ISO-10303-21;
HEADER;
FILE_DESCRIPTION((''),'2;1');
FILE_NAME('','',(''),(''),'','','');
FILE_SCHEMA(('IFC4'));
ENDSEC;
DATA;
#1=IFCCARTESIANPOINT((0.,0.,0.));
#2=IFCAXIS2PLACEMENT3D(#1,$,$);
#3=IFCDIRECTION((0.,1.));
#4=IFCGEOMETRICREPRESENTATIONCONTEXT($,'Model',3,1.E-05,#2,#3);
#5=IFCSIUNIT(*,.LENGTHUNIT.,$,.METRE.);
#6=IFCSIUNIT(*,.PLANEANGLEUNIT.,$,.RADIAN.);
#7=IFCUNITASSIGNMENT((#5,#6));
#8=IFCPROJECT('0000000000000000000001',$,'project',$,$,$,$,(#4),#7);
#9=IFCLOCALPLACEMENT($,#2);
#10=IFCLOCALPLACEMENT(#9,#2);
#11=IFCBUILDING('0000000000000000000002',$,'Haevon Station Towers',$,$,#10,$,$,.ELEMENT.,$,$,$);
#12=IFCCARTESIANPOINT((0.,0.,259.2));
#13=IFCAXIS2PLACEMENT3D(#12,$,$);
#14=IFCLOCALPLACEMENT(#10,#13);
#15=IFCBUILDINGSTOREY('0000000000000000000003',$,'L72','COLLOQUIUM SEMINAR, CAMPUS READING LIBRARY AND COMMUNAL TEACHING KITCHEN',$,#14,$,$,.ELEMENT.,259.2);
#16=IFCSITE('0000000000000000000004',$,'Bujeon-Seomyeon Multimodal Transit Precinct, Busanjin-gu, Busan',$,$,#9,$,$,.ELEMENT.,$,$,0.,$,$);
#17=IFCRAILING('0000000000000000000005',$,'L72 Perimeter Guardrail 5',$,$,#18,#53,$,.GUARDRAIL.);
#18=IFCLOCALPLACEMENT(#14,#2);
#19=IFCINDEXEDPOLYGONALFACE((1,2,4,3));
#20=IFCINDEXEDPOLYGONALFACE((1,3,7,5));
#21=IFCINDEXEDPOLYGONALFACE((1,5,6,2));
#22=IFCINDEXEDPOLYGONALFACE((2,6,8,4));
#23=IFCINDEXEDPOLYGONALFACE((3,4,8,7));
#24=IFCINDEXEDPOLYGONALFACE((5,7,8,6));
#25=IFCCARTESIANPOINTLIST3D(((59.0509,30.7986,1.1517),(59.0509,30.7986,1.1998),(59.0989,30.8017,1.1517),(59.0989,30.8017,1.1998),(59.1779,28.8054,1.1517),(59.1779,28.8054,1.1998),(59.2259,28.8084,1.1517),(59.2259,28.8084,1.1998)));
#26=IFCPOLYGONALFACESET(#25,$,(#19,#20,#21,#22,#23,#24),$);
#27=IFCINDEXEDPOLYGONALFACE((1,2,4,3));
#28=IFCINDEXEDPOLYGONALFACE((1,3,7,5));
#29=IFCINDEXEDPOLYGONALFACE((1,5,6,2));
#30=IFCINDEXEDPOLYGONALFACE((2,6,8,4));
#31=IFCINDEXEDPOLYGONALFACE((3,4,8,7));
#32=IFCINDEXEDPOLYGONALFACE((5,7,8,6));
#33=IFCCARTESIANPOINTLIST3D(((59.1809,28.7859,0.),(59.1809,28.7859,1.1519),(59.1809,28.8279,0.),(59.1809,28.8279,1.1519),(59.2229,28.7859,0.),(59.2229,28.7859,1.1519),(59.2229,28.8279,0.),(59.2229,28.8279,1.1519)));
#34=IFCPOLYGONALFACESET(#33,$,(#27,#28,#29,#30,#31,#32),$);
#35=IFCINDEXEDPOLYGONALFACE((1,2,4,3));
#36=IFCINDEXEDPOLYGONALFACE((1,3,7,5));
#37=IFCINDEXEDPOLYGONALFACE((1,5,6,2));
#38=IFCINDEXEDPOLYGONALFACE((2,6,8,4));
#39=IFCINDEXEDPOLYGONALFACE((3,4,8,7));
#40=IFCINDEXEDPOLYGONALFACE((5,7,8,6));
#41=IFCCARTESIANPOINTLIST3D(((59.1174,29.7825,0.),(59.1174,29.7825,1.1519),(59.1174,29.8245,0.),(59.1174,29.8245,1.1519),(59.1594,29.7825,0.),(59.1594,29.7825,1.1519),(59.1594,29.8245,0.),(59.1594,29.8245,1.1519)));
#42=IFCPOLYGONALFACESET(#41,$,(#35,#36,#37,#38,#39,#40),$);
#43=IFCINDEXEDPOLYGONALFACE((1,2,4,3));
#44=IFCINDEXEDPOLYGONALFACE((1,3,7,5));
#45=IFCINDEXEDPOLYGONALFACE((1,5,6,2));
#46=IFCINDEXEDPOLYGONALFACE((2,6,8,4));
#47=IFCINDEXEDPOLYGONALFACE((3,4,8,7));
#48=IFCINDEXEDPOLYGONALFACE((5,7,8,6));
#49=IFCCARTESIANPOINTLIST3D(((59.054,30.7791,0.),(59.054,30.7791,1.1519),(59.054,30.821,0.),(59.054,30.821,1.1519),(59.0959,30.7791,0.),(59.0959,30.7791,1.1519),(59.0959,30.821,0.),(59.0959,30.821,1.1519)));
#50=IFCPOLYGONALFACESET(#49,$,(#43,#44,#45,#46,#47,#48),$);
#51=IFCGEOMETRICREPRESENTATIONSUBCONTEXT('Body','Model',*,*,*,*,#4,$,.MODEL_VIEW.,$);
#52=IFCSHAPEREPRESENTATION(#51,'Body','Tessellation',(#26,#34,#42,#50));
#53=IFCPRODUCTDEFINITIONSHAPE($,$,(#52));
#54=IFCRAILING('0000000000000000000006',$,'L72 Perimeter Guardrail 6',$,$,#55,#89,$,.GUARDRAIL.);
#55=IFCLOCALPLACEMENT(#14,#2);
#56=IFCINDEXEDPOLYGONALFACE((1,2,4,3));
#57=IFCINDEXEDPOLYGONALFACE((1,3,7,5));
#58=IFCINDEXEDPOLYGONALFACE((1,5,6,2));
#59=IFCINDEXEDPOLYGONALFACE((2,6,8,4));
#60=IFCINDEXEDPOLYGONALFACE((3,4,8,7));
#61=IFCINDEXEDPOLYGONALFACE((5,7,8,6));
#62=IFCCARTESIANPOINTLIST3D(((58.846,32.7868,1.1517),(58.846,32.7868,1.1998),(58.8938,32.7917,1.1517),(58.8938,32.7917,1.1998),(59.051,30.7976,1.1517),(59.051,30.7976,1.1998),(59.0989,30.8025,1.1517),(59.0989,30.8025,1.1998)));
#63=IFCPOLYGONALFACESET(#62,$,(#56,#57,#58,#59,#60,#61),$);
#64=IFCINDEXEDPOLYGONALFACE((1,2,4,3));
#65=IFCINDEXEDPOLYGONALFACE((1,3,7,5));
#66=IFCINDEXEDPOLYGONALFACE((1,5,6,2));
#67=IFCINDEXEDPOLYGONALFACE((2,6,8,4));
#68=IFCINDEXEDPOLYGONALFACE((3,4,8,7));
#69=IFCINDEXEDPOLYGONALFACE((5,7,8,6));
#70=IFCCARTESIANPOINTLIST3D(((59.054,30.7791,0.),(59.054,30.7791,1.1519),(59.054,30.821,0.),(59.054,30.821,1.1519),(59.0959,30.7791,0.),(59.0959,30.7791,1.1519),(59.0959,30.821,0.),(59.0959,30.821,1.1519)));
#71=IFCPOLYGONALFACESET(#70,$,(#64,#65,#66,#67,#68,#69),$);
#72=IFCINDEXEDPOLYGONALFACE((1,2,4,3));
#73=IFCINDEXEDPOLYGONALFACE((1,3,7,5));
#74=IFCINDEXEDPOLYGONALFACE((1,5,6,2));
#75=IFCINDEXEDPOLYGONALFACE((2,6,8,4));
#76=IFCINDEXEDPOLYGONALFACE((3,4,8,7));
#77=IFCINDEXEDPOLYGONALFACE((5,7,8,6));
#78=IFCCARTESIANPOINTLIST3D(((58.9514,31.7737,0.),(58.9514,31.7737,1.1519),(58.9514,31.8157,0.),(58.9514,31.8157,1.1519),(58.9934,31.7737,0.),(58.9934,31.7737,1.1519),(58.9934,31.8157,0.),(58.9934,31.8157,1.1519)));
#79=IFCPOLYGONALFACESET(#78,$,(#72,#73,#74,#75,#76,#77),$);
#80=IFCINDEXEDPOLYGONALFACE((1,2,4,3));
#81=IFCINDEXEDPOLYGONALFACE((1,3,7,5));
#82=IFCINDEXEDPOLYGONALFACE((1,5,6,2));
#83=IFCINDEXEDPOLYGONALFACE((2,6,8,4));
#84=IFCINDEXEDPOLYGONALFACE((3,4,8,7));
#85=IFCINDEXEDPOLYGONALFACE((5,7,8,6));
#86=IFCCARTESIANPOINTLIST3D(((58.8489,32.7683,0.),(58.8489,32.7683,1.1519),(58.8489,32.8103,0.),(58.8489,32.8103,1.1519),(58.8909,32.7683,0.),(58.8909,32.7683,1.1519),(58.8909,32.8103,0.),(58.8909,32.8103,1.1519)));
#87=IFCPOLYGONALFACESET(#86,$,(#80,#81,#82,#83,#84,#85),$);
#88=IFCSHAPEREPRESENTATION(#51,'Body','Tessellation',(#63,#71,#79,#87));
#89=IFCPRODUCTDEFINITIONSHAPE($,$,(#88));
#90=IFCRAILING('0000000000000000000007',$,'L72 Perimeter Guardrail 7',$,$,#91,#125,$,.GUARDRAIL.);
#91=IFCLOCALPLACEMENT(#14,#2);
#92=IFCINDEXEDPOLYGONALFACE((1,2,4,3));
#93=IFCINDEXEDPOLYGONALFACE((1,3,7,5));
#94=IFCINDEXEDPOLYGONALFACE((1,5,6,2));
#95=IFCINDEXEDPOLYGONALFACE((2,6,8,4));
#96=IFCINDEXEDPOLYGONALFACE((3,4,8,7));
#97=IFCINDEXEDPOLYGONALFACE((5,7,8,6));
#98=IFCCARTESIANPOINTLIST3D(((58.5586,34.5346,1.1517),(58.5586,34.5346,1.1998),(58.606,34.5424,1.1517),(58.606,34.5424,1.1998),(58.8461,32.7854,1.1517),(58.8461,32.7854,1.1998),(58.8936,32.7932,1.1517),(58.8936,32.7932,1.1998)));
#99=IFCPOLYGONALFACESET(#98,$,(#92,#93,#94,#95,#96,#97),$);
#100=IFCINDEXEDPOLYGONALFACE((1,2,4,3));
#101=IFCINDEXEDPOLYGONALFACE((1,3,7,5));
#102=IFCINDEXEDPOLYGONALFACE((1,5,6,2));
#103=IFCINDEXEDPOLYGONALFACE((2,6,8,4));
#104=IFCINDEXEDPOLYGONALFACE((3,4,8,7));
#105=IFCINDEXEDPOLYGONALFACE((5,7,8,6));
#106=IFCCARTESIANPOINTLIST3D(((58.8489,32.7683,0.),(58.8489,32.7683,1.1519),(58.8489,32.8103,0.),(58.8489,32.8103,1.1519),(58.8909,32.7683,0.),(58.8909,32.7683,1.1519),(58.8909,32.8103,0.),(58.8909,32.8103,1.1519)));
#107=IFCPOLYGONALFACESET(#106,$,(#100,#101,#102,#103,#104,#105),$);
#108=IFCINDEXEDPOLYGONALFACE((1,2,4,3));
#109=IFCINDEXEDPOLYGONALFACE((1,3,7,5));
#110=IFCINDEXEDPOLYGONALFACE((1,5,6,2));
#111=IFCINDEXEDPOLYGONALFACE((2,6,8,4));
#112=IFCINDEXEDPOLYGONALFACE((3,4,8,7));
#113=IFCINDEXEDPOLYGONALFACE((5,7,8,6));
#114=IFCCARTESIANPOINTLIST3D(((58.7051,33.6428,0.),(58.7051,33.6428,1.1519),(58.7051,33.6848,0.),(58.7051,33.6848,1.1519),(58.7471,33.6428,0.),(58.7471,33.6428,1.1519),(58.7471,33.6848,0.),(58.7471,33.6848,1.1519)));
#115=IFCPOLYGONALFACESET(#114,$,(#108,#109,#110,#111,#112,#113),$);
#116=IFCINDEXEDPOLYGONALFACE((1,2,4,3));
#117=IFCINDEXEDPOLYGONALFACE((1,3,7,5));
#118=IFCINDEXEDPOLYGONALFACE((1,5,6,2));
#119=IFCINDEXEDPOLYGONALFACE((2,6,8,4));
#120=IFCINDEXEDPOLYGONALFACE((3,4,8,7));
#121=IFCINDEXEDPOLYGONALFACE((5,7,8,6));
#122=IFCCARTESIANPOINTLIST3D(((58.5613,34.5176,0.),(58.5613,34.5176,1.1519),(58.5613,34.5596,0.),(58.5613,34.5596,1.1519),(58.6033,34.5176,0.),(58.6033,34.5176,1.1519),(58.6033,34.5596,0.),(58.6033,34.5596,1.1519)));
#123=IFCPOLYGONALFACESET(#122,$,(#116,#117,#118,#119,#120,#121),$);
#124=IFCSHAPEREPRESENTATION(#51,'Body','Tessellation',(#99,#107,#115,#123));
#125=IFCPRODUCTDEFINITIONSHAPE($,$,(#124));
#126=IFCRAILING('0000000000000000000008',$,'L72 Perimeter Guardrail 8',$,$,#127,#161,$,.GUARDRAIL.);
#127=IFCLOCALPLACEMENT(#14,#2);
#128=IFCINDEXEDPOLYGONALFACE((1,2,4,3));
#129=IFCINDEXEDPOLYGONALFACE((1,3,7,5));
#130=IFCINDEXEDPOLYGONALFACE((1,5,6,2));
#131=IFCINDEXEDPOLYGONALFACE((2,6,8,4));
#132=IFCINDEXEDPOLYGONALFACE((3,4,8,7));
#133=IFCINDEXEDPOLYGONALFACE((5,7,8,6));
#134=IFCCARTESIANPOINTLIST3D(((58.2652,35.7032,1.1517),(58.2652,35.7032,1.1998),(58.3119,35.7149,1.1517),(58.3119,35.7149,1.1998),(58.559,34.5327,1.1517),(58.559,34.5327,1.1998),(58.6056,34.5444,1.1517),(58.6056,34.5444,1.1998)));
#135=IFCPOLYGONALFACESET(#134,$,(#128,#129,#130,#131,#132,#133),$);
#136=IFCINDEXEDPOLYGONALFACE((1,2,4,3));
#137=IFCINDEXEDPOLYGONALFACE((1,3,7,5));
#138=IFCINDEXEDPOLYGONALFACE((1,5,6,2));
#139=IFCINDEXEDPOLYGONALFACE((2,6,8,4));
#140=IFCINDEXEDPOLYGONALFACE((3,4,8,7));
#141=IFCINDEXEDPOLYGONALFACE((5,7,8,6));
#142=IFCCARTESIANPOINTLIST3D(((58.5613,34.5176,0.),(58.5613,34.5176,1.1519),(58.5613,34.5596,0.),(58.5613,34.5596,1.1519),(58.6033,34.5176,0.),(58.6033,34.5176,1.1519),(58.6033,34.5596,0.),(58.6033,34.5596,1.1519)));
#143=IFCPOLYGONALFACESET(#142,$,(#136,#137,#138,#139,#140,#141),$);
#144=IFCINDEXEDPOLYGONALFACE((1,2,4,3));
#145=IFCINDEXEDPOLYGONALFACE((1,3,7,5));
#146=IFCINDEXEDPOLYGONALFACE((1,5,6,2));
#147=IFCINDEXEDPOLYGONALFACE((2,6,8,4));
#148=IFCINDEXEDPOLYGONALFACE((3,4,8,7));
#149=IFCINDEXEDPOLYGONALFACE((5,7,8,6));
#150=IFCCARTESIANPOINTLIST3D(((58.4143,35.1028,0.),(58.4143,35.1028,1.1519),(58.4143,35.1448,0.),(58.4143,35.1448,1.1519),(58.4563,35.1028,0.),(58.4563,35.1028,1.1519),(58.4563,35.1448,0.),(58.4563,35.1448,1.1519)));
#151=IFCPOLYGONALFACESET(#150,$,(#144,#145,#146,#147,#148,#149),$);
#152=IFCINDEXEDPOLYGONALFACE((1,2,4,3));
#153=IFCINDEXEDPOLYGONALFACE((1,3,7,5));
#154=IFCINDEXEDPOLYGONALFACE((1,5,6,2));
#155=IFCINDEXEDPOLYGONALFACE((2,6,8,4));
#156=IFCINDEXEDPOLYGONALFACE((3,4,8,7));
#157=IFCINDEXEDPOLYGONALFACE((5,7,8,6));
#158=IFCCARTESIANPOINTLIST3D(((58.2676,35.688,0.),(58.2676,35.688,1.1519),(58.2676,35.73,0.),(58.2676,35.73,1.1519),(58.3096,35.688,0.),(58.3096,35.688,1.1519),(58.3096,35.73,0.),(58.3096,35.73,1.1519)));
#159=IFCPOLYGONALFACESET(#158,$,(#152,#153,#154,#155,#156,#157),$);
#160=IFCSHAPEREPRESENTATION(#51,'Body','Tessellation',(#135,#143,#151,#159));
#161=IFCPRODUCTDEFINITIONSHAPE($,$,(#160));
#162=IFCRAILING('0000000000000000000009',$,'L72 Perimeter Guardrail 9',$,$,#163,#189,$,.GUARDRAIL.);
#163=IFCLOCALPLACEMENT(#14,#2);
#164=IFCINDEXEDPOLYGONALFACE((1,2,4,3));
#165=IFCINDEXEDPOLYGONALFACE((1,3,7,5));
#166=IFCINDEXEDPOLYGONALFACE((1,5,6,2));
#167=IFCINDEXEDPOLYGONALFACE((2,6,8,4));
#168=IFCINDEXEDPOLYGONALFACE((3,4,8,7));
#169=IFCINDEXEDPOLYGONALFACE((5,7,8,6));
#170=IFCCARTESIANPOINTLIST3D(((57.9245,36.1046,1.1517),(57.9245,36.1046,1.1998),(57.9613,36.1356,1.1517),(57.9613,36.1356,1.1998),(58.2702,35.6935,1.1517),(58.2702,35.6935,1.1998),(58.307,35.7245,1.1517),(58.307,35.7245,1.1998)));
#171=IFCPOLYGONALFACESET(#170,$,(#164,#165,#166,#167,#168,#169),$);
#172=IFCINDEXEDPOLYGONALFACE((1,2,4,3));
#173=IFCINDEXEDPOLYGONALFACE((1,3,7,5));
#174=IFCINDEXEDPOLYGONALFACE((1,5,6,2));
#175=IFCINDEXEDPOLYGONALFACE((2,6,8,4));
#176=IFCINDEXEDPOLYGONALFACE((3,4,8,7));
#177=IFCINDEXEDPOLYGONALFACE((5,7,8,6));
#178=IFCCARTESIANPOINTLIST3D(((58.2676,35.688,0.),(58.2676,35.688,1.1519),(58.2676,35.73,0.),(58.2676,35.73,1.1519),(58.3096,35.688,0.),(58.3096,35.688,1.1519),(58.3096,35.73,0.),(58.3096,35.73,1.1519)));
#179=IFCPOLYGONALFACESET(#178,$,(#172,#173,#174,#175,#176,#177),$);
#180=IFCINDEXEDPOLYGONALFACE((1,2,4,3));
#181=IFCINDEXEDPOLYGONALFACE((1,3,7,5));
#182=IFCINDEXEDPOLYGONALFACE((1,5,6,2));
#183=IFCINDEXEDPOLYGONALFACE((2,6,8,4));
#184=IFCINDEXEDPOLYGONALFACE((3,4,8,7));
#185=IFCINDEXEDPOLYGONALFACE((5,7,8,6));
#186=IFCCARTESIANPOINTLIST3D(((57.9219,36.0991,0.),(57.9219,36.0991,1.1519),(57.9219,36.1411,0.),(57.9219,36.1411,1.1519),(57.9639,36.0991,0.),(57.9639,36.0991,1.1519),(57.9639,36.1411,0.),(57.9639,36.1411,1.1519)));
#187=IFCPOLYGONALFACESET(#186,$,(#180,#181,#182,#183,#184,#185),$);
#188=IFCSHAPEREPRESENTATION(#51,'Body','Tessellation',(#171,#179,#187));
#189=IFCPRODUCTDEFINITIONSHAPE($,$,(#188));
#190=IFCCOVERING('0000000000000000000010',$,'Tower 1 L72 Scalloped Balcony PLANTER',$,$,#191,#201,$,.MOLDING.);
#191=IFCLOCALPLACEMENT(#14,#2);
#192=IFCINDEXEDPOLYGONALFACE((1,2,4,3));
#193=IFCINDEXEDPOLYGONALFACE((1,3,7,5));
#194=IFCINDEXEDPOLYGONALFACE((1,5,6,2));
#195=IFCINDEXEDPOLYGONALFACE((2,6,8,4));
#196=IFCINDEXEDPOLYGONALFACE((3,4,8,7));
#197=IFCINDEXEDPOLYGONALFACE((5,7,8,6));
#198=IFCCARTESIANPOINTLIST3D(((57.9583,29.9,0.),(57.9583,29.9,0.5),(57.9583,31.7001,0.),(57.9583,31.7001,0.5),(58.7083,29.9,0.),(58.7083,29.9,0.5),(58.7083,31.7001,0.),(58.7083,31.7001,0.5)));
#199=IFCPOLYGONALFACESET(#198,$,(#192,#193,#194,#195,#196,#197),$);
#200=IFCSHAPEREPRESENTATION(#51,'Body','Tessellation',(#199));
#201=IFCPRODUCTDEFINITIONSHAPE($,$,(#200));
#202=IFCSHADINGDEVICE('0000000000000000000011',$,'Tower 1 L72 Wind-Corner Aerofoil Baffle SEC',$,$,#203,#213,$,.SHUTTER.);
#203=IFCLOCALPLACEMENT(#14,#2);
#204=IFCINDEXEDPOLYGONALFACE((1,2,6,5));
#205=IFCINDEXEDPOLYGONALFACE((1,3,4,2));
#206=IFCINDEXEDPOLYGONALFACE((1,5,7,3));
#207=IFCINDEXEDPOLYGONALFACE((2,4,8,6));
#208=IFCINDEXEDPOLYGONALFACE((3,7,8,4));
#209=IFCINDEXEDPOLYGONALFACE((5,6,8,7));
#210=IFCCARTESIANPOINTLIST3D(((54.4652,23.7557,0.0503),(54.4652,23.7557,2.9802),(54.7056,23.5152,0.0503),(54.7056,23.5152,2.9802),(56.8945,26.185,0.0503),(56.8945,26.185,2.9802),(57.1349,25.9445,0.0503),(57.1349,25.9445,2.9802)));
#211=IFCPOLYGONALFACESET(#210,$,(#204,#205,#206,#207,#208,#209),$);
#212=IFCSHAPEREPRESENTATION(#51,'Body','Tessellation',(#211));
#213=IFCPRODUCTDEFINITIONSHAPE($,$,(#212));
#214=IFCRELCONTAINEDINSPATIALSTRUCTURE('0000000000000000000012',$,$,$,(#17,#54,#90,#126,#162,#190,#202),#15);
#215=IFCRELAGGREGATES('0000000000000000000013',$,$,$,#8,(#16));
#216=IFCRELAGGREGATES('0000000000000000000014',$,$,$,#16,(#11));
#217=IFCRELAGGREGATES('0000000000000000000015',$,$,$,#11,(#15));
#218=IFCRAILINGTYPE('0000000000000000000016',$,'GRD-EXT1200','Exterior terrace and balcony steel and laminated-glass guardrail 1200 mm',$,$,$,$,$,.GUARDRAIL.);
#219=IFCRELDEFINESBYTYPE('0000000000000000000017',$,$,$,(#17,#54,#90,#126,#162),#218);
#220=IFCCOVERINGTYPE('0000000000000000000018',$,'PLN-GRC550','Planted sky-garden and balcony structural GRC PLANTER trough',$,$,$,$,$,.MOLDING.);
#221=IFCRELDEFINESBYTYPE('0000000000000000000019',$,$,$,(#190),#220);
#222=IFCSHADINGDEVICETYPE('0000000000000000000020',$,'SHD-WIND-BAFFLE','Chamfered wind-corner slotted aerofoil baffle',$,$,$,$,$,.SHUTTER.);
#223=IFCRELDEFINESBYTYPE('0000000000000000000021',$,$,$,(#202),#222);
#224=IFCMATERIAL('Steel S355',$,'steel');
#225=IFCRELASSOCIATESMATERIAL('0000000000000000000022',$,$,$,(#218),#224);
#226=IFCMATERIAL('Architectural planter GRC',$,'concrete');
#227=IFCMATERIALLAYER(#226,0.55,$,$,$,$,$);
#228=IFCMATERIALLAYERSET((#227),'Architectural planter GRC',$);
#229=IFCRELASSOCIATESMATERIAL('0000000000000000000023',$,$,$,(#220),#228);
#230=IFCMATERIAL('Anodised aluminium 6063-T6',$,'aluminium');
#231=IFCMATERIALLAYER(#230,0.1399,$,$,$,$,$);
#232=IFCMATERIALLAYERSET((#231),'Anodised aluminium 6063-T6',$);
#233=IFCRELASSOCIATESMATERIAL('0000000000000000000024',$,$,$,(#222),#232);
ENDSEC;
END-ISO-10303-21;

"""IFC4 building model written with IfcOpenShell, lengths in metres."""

from ifc_helpers import new_model, si_unit, direction, frame, origin, origin_2d, place, context, subcontext, project, spatial, rectangle, extrude, material, layer, layer_set, type_object, element, save


model = new_model("IFC4")

# Units and contexts
model_context = context("Model", 3, precision=1e-05, world=origin(), true_north=direction((0.0, 1.0)))
body_context = subcontext(model_context, "Body", "Model", "MODEL_VIEW")
ifc_project = project(units=[si_unit("LENGTHUNIT", "METRE"), si_unit("PLANEANGLEUNIT", "RADIAN")], contexts=[model_context])

# Site, building, storey
site_placement = place(None, origin())
site = spatial("IfcSite", under=ifc_project, at=site_placement, Name="Bujeon-Seomyeon Multimodal Transit Precinct, Busanjin-gu, Busan", CompositionType="ELEMENT", RefElevation=0.0)
building_placement = place(site_placement, origin())
building = spatial("IfcBuilding", under=site, at=building_placement, Name="Haevon Station Towers", CompositionType="ELEMENT")
storey_placement = place(building_placement, frame((0.0, 0.0, 259.2)))
storey = spatial("IfcBuildingStorey", under=building, at=storey_placement, Name="L72", Description="COLLOQUIUM SEMINAR, CAMPUS READING LIBRARY AND COMMUNAL TEACHING KITCHEN", CompositionType="ELEMENT", Elevation=259.2)

# Shared definitions
ifc_material_1 = material(Name="Steel S355", Category="steel")

# Railings
railing_type = type_object("IfcRailingType", Name="GRD-EXT1200", Description="Exterior terrace and balcony steel and laminated-glass guardrail 1200 mm", PredefinedType="GUARDRAIL", material=ifc_material_1)
railing_1_placement = place(storey_placement, frame((59.2019, 28.8069, 0.0)))
element("IfcRailing", 1, at=railing_1_placement, inside=storey, type_object=railing_type, Name="L72 Perimeter Guardrail 5", PredefinedType="GUARDRAIL", context=body_context, shape_type="SweptSolid", body=[
    extrude(rectangle(XDim=0.0481, YDim=0.0481, at=origin_2d()), frame((0.0, 0.0, 1.1758), z_axis=(-0.063565, 0.997978, 0.0), x_axis=(-0.997978, -0.063565, 0.0)), (0.0, 0.0, 1.0), 1.9973),
    extrude(rectangle(XDim=0.042, YDim=0.042, at=origin_2d()), origin(), (0.0, 0.0, 1.0), 1.1519),
    extrude(rectangle(XDim=0.042, YDim=0.042, at=origin_2d()), frame((-0.0635, 0.9966, 0.0)), (0.0, 0.0, 1.0), 1.1519),
    extrude(rectangle(XDim=0.042, YDim=0.042, at=origin_2d()), frame((-0.127, 1.9932, 0.0)), (0.0, 0.0, 1.0), 1.1519),
])
railing_2_placement = place(storey_placement, frame((59.075, 30.8, 0.0)))
element("IfcRailing", 2, at=railing_2_placement, inside=storey, type_object=railing_type, Name="L72 Perimeter Guardrail 6", PredefinedType="GUARDRAIL", context=body_context, shape_type="SweptSolid", body=[
    extrude(rectangle(XDim=0.0481, YDim=0.0481, at=origin_2d()), frame((0.0, 0.0, 1.1758), z_axis=(-0.102549, 0.994728, 0.0), x_axis=(-0.994728, -0.102549, 0.0)), (0.0, 0.0, 1.0), 1.9998),
    extrude(rectangle(XDim=0.042, YDim=0.042, at=origin_2d()), origin(), (0.0, 0.0, 1.0), 1.1519),
    extrude(rectangle(XDim=0.042, YDim=0.042, at=origin_2d()), frame((-0.1025, 0.9946, 0.0)), (0.0, 0.0, 1.0), 1.1519),
    extrude(rectangle(XDim=0.042, YDim=0.042, at=origin_2d()), frame((-0.2051, 1.9893, 0.0)), (0.0, 0.0, 1.0), 1.1519),
])
railing_3_placement = place(storey_placement, frame((58.8699, 32.7893, 0.0)))
element("IfcRailing", 3, at=railing_3_placement, inside=storey, type_object=railing_type, Name="L72 Perimeter Guardrail 7", PredefinedType="GUARDRAIL", context=body_context, shape_type="SweptSolid", body=[
    extrude(rectangle(XDim=0.0481, YDim=0.0481, at=origin_2d()), frame((0.0, 0.0, 1.1758), z_axis=(-0.162232, 0.986753, 0.0), x_axis=(-0.986753, -0.162232, 0.0)), (0.0, 0.0, 1.0), 1.7727),
    extrude(rectangle(XDim=0.042, YDim=0.042, at=origin_2d()), origin(), (0.0, 0.0, 1.0), 1.1519),
    extrude(rectangle(XDim=0.042, YDim=0.042, at=origin_2d()), frame((-0.1438, 0.8745, 0.0)), (0.0, 0.0, 1.0), 1.1519),
    extrude(rectangle(XDim=0.042, YDim=0.042, at=origin_2d()), frame((-0.2876, 1.7493, 0.0)), (0.0, 0.0, 1.0), 1.1519),
])
railing_4_placement = place(storey_placement, frame((58.5823, 34.5386, 0.0)))
element("IfcRailing", 4, at=railing_4_placement, inside=storey, type_object=railing_type, Name="L72 Perimeter Guardrail 8", PredefinedType="GUARDRAIL", context=body_context, shape_type="SweptSolid", body=[
    extrude(rectangle(XDim=0.0481, YDim=0.0481, at=origin_2d()), frame((0.0, 0.0, 1.1758), z_axis=(-0.243392, 0.969928, 0.0), x_axis=(-0.969928, -0.243392, 0.0)), (0.0, 0.0, 1.0), 1.2068),
    extrude(rectangle(XDim=0.042, YDim=0.042, at=origin_2d()), origin(), (0.0, 0.0, 1.0), 1.1519),
    extrude(rectangle(XDim=0.042, YDim=0.042, at=origin_2d()), frame((-0.147, 0.5852, 0.0)), (0.0, 0.0, 1.0), 1.1519),
    extrude(rectangle(XDim=0.042, YDim=0.042, at=origin_2d()), frame((-0.2937, 1.1704, 0.0)), (0.0, 0.0, 1.0), 1.1519),
])
railing_5_placement = place(storey_placement, frame((58.2886, 35.709, 0.0)))
element("IfcRailing", 5, at=railing_5_placement, inside=storey, type_object=railing_type, Name="L72 Perimeter Guardrail 9", PredefinedType="GUARDRAIL", context=body_context, shape_type="SweptSolid", body=[
    extrude(rectangle(XDim=0.0481, YDim=0.0481, at=origin_2d()), frame((0.0, 0.0, 1.1758), z_axis=(-0.643576, 0.765382, 0.0), x_axis=(-0.765382, -0.643576, 0.0)), (0.0, 0.0, 1.0), 0.5371),
    extrude(rectangle(XDim=0.042, YDim=0.042, at=origin_2d()), origin(), (0.0, 0.0, 1.0), 1.1519),
    extrude(rectangle(XDim=0.042, YDim=0.042, at=origin_2d()), frame((-0.3457, 0.4111, 0.0)), (0.0, 0.0, 1.0), 1.1519),
])

# Covering
ifc_material_2 = material(Name="Architectural planter GRC", Category="concrete")
ifc_layer_1 = layer(ifc_material_2, 0.55)
ifc_layer_set_1 = layer_set([ifc_layer_1], Name="Architectural planter GRC")
covering_type = type_object("IfcCoveringType", Name="PLN-GRC550", Description="Planted sky-garden and balcony structural GRC PLANTER trough", PredefinedType="MOLDING", material=ifc_layer_set_1)
covering_placement = place(storey_placement, frame((58.3333, 30.8, 0.0), z_axis=(0.0, 0.0, 1.0), x_axis=(1.0, 0.0, 0.0)))
element("IfcCovering", 6, at=covering_placement, inside=storey, type_object=covering_type, Name="Tower 1 L72 Scalloped Balcony PLANTER", PredefinedType="MOLDING", context=body_context, shape_type="SweptSolid", body=[
    extrude(rectangle(XDim=0.75, YDim=1.8, at=origin_2d()), origin(), (0.0, 0.0, 1.0), 0.5),
])

# Shading device
ifc_material_3 = material(Name="Anodised aluminium 6063-T6", Category="aluminium")
ifc_layer_2 = layer(ifc_material_3, 0.1399)
ifc_layer_set_2 = layer_set([ifc_layer_2], Name="Anodised aluminium 6063-T6")
shading_device_type = type_object("IfcShadingDeviceType", Name="SHD-WIND-BAFFLE", Description="Chamfered wind-corner slotted aerofoil baffle", PredefinedType="SHUTTER", material=ifc_layer_set_2)
shading_device_placement = place(storey_placement, frame((55.8, 24.8501, 0.0503), z_axis=(0.0, 0.0, 1.0), x_axis=(-0.707107, -0.707107, 0.0)))
element("IfcShadingDevice", 7, at=shading_device_placement, inside=storey, type_object=shading_device_type, Name="Tower 1 L72 Wind-Corner Aerofoil Baffle SEC", PredefinedType="SHUTTER", context=body_context, shape_type="SweptSolid", body=[
    extrude(rectangle(XDim=3.4355, YDim=0.3401, at=origin_2d()), origin(), (0.0, 0.0, 1.0), 2.9299),
])

save(model, "model.ifc")
